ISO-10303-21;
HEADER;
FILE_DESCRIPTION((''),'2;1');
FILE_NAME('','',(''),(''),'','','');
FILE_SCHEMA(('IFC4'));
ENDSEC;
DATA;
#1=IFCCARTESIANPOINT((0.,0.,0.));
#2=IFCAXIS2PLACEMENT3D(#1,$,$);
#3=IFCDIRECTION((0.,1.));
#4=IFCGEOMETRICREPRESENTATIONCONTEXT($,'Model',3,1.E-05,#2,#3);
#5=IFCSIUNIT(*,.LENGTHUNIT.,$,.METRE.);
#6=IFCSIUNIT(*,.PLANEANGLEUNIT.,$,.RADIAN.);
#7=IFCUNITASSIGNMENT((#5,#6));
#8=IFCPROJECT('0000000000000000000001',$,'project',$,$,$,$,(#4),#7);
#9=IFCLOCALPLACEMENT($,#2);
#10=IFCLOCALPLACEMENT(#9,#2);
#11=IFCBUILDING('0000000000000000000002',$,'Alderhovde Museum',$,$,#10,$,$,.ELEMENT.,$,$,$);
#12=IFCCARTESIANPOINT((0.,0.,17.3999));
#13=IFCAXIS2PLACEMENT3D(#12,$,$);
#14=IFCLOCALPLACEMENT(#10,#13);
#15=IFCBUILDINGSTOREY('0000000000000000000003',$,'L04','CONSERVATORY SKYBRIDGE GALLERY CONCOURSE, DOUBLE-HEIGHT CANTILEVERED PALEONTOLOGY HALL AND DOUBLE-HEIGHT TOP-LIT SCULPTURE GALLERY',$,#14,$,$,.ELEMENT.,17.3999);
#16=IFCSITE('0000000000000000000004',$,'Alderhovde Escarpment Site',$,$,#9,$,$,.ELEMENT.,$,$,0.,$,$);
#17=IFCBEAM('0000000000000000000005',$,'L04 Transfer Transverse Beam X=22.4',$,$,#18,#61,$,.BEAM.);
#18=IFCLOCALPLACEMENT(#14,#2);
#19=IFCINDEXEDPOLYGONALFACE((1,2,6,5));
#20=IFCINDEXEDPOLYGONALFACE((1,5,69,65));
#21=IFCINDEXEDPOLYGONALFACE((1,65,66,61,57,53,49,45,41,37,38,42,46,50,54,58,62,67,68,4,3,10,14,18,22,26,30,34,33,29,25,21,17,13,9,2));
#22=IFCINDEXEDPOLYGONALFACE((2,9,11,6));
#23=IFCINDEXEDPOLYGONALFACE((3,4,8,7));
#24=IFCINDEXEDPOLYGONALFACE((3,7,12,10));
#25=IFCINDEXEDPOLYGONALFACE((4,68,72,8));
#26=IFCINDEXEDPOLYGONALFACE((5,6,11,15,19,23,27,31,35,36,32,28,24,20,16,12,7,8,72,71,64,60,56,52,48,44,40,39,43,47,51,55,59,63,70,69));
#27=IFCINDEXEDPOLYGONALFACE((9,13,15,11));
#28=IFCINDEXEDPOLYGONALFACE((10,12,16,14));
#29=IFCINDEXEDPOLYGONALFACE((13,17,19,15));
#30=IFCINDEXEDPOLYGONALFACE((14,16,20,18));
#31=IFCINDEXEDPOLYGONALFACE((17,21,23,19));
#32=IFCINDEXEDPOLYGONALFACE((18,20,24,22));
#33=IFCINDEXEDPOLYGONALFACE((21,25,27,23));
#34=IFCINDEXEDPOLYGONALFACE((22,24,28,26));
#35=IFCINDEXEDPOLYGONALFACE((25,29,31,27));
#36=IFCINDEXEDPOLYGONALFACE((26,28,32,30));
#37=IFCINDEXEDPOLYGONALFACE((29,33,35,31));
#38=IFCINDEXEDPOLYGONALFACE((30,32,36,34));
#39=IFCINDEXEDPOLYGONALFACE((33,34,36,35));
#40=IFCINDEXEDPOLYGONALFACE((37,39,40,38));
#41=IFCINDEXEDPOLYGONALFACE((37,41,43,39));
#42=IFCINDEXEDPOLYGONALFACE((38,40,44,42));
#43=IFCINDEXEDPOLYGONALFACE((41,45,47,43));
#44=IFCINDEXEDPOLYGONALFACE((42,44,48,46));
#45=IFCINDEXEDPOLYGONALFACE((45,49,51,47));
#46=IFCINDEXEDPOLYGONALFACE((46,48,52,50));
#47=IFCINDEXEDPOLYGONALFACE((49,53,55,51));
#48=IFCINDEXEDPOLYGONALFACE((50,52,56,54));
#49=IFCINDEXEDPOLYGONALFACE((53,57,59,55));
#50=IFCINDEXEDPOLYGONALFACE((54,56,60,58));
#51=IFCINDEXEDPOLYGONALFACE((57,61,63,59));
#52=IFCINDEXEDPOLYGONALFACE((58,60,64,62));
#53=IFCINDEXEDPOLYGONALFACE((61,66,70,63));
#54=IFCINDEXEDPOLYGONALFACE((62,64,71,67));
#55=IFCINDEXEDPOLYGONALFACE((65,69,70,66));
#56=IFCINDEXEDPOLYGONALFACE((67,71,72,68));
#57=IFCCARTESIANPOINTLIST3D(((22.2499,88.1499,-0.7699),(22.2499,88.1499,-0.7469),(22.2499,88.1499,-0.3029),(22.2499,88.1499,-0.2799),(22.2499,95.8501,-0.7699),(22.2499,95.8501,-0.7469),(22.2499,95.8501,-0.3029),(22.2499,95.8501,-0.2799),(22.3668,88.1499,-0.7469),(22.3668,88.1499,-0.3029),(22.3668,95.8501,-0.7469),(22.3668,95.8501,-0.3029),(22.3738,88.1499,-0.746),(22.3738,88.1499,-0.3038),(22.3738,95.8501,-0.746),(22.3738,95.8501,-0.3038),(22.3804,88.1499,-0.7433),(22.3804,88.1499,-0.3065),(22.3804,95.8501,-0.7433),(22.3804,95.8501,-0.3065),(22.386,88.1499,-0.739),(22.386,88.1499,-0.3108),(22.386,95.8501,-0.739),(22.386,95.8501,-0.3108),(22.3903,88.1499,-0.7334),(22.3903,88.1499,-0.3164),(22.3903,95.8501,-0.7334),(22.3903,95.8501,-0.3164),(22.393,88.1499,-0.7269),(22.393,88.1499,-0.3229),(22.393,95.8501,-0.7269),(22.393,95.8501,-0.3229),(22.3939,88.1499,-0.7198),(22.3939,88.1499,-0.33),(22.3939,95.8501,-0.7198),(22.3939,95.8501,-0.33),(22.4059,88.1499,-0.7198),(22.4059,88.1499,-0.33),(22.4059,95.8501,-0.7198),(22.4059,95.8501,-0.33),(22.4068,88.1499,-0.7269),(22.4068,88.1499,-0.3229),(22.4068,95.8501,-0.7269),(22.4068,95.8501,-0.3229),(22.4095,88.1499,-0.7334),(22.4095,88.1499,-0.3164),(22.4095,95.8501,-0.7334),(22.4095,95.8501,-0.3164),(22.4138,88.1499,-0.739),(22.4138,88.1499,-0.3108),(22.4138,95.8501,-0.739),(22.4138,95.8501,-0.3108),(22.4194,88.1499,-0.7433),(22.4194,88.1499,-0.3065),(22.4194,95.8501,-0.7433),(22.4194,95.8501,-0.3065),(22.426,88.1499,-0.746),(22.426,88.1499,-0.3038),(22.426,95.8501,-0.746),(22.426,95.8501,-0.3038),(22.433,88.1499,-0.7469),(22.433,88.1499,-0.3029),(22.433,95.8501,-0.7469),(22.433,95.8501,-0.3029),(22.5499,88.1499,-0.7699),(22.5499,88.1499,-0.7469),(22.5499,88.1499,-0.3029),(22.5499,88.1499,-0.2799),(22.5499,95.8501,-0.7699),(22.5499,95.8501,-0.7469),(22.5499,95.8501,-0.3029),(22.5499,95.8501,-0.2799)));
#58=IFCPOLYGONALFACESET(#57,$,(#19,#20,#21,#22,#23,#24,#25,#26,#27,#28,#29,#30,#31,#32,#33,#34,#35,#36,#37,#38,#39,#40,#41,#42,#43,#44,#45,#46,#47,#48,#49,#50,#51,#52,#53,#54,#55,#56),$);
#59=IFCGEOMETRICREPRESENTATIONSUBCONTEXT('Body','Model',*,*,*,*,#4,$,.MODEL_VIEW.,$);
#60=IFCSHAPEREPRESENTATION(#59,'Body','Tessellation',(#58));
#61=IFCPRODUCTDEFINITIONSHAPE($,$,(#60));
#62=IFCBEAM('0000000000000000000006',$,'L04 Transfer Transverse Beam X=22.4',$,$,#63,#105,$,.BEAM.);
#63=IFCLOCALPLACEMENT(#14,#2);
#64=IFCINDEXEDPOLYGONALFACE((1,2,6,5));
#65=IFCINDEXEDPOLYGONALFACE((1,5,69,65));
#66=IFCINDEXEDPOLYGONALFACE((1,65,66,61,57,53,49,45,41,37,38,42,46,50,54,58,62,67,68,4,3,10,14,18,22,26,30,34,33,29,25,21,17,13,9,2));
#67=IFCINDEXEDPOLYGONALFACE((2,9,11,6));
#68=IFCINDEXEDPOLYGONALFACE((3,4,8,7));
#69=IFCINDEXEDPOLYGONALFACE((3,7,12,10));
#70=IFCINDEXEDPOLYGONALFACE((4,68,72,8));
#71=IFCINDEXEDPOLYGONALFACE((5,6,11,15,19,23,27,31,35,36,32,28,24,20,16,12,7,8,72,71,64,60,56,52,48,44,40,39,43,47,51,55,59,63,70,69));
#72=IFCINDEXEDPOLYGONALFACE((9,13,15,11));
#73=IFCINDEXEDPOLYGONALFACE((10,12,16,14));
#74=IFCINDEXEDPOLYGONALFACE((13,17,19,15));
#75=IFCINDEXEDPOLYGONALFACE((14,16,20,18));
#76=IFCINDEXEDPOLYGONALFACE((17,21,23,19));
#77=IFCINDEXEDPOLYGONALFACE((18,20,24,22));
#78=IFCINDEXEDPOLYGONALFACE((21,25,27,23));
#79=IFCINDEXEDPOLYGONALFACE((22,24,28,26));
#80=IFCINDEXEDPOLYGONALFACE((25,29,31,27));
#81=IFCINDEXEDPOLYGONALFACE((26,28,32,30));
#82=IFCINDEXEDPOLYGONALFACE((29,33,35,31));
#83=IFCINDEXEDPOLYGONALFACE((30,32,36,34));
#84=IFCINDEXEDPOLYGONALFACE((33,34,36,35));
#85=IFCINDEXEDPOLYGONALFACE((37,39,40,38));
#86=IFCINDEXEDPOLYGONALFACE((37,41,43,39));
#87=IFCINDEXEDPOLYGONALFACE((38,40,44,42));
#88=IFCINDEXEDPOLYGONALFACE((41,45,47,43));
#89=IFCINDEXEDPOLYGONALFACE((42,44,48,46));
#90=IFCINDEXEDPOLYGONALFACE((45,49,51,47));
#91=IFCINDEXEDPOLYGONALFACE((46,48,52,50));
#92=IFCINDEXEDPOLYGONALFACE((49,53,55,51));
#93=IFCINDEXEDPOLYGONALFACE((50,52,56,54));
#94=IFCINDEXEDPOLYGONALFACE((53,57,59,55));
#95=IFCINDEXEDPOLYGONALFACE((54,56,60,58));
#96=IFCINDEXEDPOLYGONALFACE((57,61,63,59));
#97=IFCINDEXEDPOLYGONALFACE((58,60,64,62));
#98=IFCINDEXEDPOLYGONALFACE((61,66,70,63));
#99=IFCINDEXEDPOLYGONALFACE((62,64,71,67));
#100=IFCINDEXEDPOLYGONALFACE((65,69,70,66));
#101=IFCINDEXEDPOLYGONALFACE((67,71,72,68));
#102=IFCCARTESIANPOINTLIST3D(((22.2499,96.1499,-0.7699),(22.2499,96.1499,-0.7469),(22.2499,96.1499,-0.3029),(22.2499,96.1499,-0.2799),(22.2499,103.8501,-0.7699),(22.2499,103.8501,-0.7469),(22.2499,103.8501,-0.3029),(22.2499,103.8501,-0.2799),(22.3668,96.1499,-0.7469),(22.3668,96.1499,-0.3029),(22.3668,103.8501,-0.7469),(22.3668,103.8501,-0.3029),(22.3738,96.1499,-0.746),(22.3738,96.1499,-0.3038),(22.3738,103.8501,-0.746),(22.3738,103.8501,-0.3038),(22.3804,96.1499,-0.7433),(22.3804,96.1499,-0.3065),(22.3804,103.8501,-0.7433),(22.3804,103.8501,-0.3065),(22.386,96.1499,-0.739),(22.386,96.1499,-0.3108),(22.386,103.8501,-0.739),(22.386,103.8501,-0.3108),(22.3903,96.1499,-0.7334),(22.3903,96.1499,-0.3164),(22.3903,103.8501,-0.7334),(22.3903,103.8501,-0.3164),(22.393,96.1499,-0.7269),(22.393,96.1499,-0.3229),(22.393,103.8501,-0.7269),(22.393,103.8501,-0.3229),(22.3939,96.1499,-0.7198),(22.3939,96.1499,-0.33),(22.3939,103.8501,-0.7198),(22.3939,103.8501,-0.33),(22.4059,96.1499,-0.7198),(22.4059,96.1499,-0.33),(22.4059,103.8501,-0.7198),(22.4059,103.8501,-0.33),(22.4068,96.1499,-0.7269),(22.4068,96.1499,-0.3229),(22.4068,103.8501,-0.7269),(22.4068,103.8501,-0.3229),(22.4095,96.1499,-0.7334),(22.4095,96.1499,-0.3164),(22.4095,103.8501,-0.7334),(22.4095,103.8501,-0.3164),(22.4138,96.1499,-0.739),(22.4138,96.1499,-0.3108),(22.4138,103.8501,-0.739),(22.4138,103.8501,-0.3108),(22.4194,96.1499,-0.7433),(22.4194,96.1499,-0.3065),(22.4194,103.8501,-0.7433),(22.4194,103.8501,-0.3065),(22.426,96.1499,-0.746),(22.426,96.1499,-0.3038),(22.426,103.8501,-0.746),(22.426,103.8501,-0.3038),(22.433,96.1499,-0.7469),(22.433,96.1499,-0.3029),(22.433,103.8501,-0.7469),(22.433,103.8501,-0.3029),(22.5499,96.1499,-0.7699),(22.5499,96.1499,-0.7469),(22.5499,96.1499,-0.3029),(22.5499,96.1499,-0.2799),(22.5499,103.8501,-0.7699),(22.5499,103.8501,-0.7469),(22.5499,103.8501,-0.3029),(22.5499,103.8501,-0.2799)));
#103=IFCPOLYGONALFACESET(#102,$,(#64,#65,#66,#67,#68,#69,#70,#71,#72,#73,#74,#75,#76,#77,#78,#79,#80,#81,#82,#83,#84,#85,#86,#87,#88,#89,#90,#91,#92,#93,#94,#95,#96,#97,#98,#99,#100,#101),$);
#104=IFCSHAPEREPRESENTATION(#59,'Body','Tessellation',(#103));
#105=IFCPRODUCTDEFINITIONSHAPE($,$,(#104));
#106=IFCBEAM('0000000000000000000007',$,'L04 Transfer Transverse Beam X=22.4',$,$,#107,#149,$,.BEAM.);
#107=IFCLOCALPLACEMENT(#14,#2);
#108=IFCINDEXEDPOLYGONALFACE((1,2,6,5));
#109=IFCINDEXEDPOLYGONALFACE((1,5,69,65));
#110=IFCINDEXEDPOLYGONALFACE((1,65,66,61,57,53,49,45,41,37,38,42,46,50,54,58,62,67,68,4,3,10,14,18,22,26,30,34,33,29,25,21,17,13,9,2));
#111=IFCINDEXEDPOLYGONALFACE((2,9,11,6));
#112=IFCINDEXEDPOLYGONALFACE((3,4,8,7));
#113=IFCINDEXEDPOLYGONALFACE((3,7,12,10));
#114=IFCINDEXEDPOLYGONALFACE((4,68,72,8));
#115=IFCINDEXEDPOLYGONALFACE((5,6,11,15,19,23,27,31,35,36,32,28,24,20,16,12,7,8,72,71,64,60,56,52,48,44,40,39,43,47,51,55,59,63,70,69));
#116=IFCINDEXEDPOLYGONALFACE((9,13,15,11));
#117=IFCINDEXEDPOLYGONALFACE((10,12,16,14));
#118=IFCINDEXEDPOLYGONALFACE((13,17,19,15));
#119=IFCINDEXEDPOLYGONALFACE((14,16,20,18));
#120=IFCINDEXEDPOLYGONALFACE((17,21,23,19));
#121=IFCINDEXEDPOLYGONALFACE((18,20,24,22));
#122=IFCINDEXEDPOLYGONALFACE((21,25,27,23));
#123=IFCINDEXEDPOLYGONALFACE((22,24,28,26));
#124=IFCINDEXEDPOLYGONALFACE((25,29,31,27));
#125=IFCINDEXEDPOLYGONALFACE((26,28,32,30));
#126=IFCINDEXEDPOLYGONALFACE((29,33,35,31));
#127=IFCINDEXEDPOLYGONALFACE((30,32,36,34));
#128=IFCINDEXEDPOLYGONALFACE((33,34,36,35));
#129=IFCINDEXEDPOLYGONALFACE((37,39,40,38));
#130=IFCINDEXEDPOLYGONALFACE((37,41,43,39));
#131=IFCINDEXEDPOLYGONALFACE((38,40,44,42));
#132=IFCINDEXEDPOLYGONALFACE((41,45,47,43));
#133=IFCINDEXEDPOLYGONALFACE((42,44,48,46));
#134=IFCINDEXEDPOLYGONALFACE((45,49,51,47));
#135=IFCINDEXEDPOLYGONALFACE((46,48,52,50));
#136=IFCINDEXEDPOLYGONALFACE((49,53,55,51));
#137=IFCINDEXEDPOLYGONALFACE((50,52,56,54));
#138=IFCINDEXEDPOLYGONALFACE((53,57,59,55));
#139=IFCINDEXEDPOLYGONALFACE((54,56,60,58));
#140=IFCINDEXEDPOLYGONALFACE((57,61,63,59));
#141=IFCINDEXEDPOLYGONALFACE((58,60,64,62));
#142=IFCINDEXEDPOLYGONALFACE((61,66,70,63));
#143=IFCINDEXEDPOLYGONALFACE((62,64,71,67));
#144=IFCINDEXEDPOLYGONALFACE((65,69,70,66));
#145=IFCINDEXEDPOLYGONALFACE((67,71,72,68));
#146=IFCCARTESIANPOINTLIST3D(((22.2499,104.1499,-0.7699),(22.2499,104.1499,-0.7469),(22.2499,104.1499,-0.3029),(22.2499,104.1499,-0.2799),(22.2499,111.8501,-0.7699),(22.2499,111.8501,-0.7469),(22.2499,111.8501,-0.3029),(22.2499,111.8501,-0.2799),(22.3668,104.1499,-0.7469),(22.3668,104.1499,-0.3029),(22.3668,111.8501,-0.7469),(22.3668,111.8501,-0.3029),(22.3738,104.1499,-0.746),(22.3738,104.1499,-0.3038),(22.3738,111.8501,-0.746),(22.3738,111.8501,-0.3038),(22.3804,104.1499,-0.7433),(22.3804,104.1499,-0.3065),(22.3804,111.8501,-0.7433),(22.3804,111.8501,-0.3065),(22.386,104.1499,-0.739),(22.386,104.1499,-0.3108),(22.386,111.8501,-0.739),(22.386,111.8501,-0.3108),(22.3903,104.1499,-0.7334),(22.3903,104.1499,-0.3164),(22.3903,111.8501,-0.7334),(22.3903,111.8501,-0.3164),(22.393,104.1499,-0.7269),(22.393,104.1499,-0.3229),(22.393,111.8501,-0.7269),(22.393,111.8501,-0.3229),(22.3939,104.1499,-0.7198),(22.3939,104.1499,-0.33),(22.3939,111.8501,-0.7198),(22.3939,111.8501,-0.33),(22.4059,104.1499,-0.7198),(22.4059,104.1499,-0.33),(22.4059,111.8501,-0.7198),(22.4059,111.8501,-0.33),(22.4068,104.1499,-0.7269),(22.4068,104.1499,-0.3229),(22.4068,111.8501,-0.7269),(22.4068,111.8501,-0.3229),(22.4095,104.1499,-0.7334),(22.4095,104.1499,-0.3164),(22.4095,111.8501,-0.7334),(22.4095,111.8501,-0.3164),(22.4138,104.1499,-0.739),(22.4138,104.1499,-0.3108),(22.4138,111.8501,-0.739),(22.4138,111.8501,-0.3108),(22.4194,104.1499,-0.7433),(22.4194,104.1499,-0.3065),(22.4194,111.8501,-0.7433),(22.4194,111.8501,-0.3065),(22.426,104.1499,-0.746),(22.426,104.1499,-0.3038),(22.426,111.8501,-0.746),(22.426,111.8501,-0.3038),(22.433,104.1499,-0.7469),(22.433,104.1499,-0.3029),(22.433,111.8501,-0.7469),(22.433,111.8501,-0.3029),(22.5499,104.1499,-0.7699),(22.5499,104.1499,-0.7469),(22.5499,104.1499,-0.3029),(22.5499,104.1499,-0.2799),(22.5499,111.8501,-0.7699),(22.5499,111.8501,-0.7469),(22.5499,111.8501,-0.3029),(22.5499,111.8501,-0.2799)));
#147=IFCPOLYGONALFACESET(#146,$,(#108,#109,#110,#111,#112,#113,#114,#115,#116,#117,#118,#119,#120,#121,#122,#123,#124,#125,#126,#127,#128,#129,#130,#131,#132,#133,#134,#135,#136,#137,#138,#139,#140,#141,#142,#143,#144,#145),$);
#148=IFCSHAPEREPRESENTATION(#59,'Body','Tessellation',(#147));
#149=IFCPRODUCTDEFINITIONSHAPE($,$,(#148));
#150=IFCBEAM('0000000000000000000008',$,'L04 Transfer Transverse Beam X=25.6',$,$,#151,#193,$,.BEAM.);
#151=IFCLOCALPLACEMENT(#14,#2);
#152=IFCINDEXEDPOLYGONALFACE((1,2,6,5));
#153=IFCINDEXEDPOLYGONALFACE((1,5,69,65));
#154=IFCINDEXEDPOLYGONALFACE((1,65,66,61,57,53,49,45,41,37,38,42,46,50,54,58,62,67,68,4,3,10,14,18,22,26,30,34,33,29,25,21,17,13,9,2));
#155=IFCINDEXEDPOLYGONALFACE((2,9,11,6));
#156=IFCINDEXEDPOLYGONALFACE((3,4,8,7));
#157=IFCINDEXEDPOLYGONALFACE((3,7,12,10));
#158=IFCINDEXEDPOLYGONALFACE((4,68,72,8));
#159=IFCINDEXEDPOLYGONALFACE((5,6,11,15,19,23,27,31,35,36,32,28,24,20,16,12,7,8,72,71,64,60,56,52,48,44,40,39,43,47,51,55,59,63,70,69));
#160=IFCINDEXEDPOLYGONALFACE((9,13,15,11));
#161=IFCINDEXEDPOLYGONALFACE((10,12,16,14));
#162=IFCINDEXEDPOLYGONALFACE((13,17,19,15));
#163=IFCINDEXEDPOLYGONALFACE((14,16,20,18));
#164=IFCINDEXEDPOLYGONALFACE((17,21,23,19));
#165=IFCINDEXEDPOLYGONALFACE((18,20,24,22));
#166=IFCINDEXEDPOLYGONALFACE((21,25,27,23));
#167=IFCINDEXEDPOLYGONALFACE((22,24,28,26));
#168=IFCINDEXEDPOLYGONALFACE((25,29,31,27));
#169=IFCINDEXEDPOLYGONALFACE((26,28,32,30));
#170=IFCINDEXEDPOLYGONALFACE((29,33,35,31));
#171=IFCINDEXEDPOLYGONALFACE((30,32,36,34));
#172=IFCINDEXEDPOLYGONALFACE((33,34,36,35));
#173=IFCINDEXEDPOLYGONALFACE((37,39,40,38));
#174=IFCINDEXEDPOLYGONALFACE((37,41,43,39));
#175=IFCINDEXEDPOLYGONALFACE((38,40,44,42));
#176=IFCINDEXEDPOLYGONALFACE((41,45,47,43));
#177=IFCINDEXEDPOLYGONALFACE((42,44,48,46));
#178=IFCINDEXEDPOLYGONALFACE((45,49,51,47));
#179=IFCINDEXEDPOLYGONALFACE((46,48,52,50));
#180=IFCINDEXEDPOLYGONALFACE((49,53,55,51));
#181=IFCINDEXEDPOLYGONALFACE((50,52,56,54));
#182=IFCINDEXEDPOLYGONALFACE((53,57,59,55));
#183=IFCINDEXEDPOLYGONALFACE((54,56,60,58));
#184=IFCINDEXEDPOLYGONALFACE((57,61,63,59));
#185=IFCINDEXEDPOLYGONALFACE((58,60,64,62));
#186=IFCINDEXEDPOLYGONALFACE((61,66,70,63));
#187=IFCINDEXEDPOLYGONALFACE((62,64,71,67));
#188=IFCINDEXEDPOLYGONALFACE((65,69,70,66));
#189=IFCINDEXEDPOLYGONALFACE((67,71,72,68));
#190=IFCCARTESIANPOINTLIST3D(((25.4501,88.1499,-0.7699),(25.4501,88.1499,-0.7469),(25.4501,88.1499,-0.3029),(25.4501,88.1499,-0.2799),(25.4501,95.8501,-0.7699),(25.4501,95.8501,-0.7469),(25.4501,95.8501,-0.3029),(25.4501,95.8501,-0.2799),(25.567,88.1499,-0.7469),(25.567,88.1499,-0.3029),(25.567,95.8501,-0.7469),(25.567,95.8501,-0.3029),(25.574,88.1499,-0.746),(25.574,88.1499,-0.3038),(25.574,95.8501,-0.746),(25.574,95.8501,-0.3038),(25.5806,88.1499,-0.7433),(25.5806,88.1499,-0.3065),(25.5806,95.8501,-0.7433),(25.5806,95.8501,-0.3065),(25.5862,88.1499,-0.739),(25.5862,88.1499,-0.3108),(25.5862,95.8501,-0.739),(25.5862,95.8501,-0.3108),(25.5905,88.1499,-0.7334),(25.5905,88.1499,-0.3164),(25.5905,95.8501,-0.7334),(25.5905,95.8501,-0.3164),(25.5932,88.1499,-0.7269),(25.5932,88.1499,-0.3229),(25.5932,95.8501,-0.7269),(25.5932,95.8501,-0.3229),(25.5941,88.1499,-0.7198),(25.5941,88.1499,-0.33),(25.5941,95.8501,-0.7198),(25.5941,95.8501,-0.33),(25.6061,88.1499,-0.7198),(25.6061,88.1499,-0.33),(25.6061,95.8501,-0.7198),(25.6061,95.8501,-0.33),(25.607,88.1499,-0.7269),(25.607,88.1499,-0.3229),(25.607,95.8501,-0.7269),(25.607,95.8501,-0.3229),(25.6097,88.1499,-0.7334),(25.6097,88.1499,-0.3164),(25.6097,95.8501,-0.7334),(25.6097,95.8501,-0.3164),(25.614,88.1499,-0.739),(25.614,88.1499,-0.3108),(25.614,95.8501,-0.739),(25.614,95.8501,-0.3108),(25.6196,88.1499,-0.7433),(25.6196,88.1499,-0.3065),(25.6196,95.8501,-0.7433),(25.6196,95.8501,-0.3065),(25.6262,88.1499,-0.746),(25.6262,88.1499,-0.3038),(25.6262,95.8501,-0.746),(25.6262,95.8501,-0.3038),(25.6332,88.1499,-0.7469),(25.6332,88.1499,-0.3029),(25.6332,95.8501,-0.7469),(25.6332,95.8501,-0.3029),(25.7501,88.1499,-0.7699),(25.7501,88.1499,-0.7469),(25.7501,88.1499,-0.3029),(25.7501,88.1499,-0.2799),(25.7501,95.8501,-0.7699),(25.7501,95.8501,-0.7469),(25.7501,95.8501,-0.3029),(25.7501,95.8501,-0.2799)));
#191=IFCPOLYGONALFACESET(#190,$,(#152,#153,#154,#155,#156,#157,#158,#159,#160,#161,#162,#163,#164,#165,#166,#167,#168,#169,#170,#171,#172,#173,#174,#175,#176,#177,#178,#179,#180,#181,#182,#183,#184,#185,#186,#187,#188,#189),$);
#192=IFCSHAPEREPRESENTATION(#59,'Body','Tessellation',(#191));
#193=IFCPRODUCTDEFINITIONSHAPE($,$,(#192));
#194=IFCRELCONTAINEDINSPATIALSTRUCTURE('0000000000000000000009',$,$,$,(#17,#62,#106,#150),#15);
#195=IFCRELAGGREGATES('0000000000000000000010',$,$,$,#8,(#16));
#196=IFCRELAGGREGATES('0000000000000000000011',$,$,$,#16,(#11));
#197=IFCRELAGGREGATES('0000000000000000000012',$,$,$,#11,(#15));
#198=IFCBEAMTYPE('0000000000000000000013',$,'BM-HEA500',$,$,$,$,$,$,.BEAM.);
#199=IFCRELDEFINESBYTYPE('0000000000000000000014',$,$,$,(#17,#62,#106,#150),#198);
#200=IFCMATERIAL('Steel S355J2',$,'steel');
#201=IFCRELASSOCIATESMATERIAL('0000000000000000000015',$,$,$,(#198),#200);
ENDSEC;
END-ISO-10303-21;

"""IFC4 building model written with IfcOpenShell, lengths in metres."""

from ifc_helpers import new_model, si_unit, direction, frame, origin, origin_2d, place, context, subcontext, project, spatial, i_section, extrude, material, material_profile, profile_set, type_object, element, save


model = new_model("IFC4")

# Units and contexts
model_context = context("Model", 3, precision=1e-05, world=origin(), true_north=direction((0.0, 1.0)))
body_context = subcontext(model_context, "Body", "Model", "MODEL_VIEW")
ifc_project = project(units=[si_unit("LENGTHUNIT", "METRE"), si_unit("PLANEANGLEUNIT", "RADIAN")], contexts=[model_context])

# Site, building, storey
site_placement = place(None, origin())
site = spatial("IfcSite", under=ifc_project, at=site_placement, Name="Alderhovde Escarpment Site", CompositionType="ELEMENT", RefElevation=0.0)
building_placement = place(site_placement, origin())
building = spatial("IfcBuilding", under=site, at=building_placement, Name="Alderhovde Museum", CompositionType="ELEMENT")
storey_placement = place(building_placement, frame((0.0, 0.0, 17.3999)))
storey = spatial("IfcBuildingStorey", under=building, at=storey_placement, Name="L04", Description="CONSERVATORY SKYBRIDGE GALLERY CONCOURSE, DOUBLE-HEIGHT CANTILEVERED PALEONTOLOGY HALL AND DOUBLE-HEIGHT TOP-LIT SCULPTURE GALLERY", CompositionType="ELEMENT", Elevation=17.3999)

# Beams
ifc_material_1 = material(Name="Steel S355J2", Category="steel")
ifc_material_profile_1 = material_profile(ifc_material_1, i_section(OverallWidth=0.3, OverallDepth=0.49, WebThickness=0.012, FlangeThickness=0.0229, FilletRadius=0.0271, at=origin_2d()), Name="HEA 500")
ifc_profile_set_1 = profile_set([ifc_material_profile_1], Name="Steel S355J2")
beam_type_1 = type_object("IfcBeamType", Name="BM-HEA500", PredefinedType="BEAM", material=ifc_profile_set_1)
for number, where, z_axis, x_axis, name in (
    (1, (22.3999, 88.1499, -0.5249), (0.0, 1.0, 0.0), (-1.0, 0.0, 0.0), "L04 Transfer Transverse Beam X=22.4"),
    (2, (22.3999, 96.1499, -0.5249), (0.0, 1.0, 0.0), (-1.0, 0.0, 0.0), "L04 Transfer Transverse Beam X=22.4"),
    (3, (22.3999, 104.1499, -0.5249), (0.0, 1.0, 0.0), (-1.0, 0.0, 0.0), "L04 Transfer Transverse Beam X=22.4"),
    (4, (25.6001, 88.1499, -0.5249), (0.0, 1.0, 0.0), (-1.0, 0.0, 0.0), "L04 Transfer Transverse Beam X=25.6"),
):
    element("IfcBeam", number, at=place(storey_placement, frame(where, z_axis=z_axis, x_axis=x_axis)), inside=storey, type_object=beam_type_1, Name=name, PredefinedType="BEAM", context=body_context, shape_type="SweptSolid", body=[
        extrude(i_section(OverallWidth=0.3, OverallDepth=0.49, WebThickness=0.012, FlangeThickness=0.0229, FilletRadius=0.0271, at=origin_2d()), origin(), (0.0, 0.0, 1.0), 7.7002),
    ])

save(model, "model.ifc")
